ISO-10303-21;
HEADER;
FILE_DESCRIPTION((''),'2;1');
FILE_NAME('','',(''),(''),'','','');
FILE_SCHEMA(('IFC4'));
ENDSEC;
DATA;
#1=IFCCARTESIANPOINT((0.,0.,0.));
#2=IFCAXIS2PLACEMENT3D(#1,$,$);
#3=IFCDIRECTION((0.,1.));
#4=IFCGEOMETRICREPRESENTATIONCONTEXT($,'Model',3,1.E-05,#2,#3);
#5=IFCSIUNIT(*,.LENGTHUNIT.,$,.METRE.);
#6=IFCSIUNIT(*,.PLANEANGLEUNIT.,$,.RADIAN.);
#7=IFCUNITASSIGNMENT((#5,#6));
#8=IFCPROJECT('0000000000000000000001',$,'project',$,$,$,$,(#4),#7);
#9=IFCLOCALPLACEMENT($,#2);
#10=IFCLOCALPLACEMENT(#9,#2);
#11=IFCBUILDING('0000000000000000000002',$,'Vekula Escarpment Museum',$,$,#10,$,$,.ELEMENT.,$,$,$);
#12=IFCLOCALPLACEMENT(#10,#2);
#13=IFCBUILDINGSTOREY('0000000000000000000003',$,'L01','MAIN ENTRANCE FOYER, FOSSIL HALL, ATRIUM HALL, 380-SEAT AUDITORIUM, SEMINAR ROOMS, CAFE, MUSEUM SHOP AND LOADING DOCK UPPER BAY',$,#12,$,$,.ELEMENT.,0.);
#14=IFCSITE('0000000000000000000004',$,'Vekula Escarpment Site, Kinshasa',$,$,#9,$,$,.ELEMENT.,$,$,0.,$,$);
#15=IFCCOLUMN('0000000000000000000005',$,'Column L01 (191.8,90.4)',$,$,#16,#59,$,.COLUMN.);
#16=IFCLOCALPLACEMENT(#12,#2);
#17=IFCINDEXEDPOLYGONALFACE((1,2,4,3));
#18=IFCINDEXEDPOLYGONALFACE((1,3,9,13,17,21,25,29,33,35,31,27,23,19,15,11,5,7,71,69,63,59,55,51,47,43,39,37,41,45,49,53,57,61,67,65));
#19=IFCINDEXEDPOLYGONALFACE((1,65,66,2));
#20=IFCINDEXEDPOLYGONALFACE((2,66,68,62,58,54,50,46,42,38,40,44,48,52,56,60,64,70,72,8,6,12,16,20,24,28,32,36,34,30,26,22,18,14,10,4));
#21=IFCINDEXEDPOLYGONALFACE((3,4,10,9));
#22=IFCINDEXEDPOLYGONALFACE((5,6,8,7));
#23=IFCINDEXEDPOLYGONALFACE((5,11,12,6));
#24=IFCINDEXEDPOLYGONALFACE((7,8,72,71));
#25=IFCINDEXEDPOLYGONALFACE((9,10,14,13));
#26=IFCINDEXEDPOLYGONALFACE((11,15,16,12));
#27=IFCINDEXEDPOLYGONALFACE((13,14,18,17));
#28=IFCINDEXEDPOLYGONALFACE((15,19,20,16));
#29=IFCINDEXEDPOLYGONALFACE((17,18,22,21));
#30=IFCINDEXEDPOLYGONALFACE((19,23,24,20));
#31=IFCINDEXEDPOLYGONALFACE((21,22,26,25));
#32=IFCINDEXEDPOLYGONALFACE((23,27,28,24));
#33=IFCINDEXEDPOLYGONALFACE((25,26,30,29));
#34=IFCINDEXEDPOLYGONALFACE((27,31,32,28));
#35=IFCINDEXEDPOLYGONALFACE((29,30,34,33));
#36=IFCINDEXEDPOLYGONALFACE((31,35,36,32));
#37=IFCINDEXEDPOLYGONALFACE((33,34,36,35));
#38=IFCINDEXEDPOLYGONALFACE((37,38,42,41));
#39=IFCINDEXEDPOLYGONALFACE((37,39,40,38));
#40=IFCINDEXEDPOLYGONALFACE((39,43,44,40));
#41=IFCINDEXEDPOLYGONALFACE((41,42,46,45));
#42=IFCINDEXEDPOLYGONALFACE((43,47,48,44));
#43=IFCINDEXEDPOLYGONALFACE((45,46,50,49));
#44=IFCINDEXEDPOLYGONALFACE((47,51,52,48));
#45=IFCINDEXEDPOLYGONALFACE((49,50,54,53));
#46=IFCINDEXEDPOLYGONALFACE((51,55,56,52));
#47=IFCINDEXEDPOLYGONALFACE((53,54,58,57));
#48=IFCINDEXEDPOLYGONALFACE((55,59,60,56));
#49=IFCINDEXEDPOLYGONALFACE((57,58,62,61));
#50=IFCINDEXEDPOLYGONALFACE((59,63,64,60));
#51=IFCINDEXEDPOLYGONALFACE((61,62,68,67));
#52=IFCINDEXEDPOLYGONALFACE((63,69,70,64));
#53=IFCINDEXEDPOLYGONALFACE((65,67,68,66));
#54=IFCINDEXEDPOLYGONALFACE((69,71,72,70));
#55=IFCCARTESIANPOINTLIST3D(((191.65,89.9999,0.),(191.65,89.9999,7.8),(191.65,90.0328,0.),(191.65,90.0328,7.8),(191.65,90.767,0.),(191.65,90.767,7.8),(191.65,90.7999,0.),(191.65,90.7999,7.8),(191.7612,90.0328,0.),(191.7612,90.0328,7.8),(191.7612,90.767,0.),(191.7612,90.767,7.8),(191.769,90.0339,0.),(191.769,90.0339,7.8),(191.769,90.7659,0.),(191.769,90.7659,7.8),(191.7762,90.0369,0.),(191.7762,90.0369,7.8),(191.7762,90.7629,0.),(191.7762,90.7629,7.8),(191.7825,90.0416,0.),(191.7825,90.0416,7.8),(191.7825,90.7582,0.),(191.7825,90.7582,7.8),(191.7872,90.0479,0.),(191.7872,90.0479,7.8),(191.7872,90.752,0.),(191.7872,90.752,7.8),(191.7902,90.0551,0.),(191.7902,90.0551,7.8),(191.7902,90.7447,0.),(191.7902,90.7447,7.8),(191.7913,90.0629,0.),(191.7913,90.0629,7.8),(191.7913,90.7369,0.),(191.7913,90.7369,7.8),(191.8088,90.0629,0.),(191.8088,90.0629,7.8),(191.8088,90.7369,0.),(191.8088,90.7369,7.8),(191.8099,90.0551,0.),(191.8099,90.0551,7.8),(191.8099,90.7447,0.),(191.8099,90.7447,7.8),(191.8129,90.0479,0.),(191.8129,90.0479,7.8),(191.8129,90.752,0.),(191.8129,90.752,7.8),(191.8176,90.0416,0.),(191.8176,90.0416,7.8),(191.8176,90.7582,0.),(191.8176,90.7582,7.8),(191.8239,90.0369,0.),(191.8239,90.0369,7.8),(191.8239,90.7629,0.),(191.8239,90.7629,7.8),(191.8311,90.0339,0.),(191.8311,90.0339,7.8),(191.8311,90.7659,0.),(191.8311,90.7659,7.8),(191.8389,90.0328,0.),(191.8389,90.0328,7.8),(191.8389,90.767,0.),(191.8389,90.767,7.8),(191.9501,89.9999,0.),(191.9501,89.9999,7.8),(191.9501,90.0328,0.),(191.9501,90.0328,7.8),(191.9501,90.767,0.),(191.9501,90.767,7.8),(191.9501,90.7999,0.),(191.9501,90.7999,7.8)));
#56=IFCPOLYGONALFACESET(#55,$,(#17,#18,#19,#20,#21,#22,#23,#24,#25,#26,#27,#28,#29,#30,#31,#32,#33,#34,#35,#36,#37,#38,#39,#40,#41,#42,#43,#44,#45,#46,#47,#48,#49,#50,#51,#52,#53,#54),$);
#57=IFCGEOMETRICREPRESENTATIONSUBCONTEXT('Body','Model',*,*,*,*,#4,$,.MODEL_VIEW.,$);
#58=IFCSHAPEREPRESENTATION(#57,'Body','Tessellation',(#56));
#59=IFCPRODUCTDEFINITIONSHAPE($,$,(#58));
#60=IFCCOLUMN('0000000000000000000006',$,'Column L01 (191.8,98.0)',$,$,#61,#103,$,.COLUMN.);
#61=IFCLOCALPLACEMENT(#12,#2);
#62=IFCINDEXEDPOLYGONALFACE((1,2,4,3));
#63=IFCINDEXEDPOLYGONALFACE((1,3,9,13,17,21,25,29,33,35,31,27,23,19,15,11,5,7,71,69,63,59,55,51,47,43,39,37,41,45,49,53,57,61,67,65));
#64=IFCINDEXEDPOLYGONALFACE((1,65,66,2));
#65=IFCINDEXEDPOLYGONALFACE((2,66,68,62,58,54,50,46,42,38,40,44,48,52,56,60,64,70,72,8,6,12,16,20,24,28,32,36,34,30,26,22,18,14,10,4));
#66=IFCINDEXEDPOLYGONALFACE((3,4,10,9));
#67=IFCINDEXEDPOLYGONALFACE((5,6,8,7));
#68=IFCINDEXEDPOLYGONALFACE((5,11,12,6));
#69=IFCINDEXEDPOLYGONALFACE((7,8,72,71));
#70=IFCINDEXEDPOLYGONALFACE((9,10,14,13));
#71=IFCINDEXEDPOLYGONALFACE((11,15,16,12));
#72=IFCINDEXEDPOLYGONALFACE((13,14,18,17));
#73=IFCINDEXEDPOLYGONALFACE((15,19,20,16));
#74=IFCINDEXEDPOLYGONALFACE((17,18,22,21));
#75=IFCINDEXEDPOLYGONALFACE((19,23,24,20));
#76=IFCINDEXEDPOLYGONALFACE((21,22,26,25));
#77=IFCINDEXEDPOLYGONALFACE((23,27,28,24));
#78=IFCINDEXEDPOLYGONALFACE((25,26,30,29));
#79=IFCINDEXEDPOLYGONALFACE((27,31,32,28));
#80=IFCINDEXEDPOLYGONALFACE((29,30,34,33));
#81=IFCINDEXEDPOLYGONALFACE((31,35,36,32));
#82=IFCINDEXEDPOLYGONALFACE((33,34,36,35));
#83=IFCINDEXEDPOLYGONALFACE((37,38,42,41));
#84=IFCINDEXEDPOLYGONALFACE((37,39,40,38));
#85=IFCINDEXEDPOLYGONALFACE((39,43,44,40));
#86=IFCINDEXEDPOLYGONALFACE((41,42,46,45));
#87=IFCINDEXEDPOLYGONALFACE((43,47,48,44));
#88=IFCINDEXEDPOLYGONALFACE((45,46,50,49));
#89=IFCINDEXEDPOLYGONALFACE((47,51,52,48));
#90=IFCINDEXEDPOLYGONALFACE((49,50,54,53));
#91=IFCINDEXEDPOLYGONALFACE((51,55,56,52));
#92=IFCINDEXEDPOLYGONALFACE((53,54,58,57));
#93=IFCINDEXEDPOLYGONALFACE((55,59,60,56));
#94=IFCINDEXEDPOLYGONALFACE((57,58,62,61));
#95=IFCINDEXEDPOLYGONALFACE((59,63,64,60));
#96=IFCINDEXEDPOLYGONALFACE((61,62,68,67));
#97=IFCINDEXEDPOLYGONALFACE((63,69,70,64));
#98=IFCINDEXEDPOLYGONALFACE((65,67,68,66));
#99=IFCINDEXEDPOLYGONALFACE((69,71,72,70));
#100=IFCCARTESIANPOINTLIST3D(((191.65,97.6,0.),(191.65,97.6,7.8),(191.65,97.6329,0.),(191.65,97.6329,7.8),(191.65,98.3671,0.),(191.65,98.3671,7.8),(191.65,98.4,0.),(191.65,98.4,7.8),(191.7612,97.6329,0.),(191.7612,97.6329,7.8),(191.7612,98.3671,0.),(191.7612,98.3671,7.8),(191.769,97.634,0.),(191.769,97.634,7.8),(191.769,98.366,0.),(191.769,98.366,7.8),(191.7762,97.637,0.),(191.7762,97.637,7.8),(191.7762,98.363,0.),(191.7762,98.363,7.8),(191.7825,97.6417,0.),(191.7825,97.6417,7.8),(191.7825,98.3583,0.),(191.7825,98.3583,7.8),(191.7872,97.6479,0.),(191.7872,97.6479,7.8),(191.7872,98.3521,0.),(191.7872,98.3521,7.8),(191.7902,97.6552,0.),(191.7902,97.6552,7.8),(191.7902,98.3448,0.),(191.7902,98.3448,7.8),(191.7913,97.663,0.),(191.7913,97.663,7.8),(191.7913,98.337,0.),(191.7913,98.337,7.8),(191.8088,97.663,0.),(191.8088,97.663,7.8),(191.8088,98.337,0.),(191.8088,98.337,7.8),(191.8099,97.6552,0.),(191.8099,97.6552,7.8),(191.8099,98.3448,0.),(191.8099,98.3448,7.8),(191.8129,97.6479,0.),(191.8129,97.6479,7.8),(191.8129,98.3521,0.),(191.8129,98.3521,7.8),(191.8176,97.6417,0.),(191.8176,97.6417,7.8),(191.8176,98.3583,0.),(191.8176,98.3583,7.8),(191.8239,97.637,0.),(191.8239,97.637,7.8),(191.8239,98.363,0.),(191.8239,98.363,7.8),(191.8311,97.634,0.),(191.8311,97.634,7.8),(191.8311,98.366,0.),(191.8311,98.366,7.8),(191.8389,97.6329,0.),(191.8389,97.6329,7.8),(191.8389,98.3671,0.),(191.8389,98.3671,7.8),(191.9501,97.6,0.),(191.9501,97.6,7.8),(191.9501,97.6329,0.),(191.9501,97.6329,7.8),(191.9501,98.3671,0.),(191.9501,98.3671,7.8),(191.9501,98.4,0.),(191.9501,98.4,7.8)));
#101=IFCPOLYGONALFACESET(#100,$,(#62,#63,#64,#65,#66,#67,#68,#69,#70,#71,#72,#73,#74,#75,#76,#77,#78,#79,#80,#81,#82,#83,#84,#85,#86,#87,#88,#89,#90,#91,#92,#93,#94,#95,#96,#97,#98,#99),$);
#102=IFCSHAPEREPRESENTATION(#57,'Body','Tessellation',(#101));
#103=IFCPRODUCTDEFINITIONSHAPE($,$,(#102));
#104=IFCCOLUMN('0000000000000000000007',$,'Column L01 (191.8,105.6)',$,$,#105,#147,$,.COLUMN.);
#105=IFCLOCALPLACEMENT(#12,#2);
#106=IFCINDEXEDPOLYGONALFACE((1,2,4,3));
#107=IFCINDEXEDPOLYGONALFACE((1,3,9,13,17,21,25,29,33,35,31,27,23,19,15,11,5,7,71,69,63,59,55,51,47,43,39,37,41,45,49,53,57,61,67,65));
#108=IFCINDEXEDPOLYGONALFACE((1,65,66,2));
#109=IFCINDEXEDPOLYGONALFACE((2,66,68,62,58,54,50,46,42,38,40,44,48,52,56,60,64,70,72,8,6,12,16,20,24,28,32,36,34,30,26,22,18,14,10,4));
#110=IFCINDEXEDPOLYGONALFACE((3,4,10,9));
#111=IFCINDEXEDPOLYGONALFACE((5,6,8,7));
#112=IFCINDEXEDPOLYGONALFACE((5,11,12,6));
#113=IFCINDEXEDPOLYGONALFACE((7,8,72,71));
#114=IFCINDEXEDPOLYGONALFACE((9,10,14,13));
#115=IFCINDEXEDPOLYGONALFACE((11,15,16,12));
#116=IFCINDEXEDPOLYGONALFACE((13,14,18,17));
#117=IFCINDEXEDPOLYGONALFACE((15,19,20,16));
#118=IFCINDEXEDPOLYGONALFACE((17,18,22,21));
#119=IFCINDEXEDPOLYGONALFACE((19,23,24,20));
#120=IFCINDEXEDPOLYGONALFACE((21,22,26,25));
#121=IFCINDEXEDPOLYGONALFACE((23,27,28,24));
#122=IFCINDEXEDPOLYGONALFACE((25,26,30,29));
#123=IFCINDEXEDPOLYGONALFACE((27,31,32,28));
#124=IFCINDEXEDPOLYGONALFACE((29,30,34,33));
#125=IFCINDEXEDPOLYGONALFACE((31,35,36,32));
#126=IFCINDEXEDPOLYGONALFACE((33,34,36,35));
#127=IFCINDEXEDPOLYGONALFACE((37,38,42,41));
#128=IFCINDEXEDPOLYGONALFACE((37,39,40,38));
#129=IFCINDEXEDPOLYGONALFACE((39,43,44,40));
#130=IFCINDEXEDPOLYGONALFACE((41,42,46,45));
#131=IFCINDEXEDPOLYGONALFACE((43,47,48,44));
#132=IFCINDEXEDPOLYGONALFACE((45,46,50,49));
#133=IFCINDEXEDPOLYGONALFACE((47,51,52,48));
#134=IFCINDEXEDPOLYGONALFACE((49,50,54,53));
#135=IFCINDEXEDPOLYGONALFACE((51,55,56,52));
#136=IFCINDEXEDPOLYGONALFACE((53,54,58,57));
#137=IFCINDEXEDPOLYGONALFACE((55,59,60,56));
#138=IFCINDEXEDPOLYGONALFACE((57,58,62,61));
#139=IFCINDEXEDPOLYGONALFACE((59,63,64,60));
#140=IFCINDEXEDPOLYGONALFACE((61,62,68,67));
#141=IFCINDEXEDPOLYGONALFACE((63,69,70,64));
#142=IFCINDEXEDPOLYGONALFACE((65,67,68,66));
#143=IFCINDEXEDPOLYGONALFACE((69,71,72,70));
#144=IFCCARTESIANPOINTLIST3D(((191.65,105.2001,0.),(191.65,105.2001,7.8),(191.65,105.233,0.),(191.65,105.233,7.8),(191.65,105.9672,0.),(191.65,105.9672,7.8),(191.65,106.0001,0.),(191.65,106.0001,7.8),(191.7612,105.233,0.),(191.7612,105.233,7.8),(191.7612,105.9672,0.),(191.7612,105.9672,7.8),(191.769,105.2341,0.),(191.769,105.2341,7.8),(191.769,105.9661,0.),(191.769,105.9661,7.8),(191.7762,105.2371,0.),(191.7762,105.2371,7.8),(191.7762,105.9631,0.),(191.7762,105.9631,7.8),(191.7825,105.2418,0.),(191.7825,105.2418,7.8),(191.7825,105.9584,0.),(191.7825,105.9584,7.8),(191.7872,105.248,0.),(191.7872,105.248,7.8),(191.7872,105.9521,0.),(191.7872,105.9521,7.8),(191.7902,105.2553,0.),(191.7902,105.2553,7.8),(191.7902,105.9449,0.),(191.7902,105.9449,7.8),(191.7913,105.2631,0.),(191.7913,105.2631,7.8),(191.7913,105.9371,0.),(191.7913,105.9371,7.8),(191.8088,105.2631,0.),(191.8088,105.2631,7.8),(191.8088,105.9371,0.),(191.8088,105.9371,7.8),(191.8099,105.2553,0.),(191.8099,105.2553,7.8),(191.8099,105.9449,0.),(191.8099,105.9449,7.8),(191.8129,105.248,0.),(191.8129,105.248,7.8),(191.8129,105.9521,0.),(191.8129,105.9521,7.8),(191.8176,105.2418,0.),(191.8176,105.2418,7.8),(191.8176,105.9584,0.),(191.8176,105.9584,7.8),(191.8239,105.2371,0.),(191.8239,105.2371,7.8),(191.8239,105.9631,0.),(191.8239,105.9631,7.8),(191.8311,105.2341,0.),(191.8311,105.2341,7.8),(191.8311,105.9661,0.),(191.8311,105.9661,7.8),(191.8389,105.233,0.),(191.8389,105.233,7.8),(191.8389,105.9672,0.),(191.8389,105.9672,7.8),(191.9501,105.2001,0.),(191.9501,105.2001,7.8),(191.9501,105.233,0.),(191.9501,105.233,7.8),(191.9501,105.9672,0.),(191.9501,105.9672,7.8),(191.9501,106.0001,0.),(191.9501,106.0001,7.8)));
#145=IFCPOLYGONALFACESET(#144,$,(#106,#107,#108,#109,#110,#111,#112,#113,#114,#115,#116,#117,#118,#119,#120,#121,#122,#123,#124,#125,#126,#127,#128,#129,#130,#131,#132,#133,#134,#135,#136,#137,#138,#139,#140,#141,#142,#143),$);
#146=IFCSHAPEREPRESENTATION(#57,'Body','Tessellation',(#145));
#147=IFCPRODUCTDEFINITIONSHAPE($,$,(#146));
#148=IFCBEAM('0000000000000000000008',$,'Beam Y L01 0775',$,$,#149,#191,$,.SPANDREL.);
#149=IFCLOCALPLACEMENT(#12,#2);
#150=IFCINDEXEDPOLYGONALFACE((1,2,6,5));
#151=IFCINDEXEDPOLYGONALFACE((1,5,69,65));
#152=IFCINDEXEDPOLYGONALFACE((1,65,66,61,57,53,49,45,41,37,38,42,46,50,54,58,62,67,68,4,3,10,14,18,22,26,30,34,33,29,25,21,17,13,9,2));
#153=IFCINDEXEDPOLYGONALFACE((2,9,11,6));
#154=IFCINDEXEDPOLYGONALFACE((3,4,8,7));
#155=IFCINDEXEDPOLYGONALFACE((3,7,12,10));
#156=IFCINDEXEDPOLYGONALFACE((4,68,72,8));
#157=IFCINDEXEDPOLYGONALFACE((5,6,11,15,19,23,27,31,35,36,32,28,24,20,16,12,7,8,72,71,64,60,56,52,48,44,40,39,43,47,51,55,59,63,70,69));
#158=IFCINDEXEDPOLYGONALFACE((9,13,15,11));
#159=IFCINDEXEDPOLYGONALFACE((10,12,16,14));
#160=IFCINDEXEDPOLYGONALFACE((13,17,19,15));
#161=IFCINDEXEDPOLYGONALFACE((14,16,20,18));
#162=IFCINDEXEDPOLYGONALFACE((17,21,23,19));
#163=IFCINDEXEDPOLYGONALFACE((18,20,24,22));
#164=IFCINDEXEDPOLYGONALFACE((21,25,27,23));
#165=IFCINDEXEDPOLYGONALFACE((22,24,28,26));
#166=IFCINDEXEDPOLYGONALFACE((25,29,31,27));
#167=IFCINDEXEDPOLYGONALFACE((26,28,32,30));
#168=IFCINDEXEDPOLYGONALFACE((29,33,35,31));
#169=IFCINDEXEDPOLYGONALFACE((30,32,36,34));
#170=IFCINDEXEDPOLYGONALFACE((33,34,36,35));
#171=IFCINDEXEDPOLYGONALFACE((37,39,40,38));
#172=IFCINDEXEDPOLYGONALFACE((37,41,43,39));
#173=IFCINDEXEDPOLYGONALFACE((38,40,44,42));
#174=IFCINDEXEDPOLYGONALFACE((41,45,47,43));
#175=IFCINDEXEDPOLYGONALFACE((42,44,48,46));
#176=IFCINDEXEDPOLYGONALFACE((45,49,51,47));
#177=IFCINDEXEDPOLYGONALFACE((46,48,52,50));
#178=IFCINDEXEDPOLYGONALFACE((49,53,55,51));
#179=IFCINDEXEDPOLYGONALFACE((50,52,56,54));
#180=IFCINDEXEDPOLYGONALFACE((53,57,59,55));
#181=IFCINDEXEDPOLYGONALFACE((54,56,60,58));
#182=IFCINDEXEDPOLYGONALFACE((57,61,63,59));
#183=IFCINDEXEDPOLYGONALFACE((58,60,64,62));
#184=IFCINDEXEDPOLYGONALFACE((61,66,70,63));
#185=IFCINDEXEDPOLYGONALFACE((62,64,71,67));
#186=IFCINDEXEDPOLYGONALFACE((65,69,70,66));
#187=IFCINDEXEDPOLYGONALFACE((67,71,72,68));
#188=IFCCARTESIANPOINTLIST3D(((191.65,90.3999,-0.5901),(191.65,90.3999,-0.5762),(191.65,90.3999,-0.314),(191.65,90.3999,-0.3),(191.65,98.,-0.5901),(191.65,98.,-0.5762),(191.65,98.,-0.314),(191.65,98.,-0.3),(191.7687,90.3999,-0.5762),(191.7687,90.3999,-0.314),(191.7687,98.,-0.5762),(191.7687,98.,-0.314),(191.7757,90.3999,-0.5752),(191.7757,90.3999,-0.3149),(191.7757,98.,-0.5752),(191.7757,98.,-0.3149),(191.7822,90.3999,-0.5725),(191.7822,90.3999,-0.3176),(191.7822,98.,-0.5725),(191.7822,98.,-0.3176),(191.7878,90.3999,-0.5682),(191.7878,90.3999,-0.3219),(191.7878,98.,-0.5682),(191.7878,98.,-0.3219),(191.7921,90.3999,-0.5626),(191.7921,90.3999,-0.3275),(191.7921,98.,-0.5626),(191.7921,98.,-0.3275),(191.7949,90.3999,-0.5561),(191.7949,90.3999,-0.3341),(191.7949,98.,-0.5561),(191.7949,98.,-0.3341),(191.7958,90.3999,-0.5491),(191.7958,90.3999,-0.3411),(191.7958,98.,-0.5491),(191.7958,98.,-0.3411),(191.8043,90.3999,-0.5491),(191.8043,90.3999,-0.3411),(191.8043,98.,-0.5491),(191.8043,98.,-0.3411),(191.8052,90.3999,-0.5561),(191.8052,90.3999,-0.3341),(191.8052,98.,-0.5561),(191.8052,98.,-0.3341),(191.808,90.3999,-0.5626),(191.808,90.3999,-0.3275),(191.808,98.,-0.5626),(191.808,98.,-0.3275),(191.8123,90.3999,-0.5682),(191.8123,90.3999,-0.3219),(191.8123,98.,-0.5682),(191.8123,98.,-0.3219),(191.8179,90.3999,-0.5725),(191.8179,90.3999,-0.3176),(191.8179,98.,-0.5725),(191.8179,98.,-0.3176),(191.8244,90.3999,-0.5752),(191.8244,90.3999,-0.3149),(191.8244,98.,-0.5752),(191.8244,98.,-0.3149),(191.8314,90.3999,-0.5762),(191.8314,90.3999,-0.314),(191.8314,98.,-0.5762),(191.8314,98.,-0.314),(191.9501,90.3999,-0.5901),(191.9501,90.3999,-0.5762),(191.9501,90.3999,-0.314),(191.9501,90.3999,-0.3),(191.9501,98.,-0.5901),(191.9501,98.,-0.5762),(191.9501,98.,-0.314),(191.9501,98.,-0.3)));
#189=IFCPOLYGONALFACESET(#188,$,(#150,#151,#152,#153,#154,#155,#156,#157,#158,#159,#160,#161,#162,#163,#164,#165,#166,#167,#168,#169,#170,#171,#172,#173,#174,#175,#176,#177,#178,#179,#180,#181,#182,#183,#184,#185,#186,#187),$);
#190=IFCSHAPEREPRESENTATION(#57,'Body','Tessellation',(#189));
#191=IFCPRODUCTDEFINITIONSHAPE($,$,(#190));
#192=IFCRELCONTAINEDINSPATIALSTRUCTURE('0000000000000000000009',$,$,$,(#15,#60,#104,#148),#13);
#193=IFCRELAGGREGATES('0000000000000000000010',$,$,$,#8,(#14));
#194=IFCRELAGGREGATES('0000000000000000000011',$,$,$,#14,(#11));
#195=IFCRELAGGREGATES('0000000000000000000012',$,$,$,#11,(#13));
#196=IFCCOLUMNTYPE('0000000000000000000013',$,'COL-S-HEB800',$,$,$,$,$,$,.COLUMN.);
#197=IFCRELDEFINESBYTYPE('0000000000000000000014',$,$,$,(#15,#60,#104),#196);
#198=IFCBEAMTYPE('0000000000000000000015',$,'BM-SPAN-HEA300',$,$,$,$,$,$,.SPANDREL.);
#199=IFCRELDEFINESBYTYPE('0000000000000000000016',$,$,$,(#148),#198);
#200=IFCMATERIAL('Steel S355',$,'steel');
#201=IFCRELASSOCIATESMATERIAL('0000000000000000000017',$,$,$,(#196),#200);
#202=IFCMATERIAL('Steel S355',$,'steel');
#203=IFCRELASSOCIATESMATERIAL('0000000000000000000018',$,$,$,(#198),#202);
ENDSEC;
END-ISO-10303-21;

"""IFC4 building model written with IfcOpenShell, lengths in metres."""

from ifc_helpers import new_model, si_unit, direction, frame, origin, origin_2d, place, context, subcontext, project, spatial, i_section, extrude, material, material_profile, profile_set, type_object, element, save


model = new_model("IFC4")

# Units and contexts
model_context = context("Model", 3, precision=1e-05, world=origin(), true_north=direction((0.0, 1.0)))
body_context = subcontext(model_context, "Body", "Model", "MODEL_VIEW")
ifc_project = project(units=[si_unit("LENGTHUNIT", "METRE"), si_unit("PLANEANGLEUNIT", "RADIAN")], contexts=[model_context])

# Site, building, storey
site_placement = place(None, origin())
site = spatial("IfcSite", under=ifc_project, at=site_placement, Name="Vekula Escarpment Site, Kinshasa", CompositionType="ELEMENT", RefElevation=0.0)
building_placement = place(site_placement, origin())
building = spatial("IfcBuilding", under=site, at=building_placement, Name="Vekula Escarpment Museum", CompositionType="ELEMENT")
storey_placement = place(building_placement, origin())
storey = spatial("IfcBuildingStorey", under=building, at=storey_placement, Name="L01", Description="MAIN ENTRANCE FOYER, FOSSIL HALL, ATRIUM HALL, 380-SEAT AUDITORIUM, SEMINAR ROOMS, CAFE, MUSEUM SHOP AND LOADING DOCK UPPER BAY", CompositionType="ELEMENT", Elevation=0.0)

# Columns
ifc_material_1 = material(Name="Steel S355", Category="steel")
ifc_material_profile_1 = material_profile(ifc_material_1, i_section(OverallWidth=0.3, OverallDepth=0.8, WebThickness=0.0176, FlangeThickness=0.033, FilletRadius=0.03, at=origin_2d()), Name="HEB 800")
ifc_profile_set_1 = profile_set([ifc_material_profile_1], Name="Steel S355")
column_type = type_object("IfcColumnType", Name="COL-S-HEB800", PredefinedType="COLUMN", material=ifc_profile_set_1)
for number, where, z_axis, x_axis, name in (
    (1, (191.8, 90.3999, 0.0), (0.0, 0.0, 1.0), (1.0, 0.0, 0.0), "Column L01 (191.8,90.4)"),
    (2, (191.8, 98.0, 0.0), (0.0, 0.0, 1.0), (1.0, 0.0, 0.0), "Column L01 (191.8,98.0)"),
    (3, (191.8, 105.6001, 0.0), (0.0, 0.0, 1.0), (1.0, 0.0, 0.0), "Column L01 (191.8,105.6)"),
):
    element("IfcColumn", number, at=place(storey_placement, frame(where, z_axis=z_axis, x_axis=x_axis)), inside=storey, type_object=column_type, Name=name, PredefinedType="COLUMN", context=body_context, shape_type="SweptSolid", body=[
        extrude(i_section(OverallWidth=0.3, OverallDepth=0.8, WebThickness=0.0176, FlangeThickness=0.033, FilletRadius=0.03, at=origin_2d()), origin(), (0.0, 0.0, 1.0), 7.8),
    ])

# Beam
ifc_material_2 = material(Name="Steel S355", Category="steel")
ifc_material_profile_2 = material_profile(ifc_material_2, i_section(OverallWidth=0.3, OverallDepth=0.29, WebThickness=0.0085, FlangeThickness=0.0139, FilletRadius=0.0271, at=origin_2d()), Name="HEA 300")
ifc_profile_set_2 = profile_set([ifc_material_profile_2], Name="Steel S355")
beam_type = type_object("IfcBeamType", Name="BM-SPAN-HEA300", PredefinedType="SPANDREL", material=ifc_profile_set_2)
for number, where, z_axis, x_axis, name in (
    (4, (191.8, 90.3999, -0.4451), (0.0, 1.0, 0.0), (-1.0, 0.0, 0.0), "Beam Y L01 0775"),
):
    element("IfcBeam", number, at=place(storey_placement, frame(where, z_axis=z_axis, x_axis=x_axis)), inside=storey, type_object=beam_type, Name=name, PredefinedType="SPANDREL", context=body_context, shape_type="SweptSolid", body=[
        extrude(i_section(OverallWidth=0.3, OverallDepth=0.29, WebThickness=0.0085, FlangeThickness=0.0139, FilletRadius=0.0271, at=origin_2d()), origin(), (0.0, 0.0, 1.0), 7.6001),
    ])

save(model, "model.ifc")
